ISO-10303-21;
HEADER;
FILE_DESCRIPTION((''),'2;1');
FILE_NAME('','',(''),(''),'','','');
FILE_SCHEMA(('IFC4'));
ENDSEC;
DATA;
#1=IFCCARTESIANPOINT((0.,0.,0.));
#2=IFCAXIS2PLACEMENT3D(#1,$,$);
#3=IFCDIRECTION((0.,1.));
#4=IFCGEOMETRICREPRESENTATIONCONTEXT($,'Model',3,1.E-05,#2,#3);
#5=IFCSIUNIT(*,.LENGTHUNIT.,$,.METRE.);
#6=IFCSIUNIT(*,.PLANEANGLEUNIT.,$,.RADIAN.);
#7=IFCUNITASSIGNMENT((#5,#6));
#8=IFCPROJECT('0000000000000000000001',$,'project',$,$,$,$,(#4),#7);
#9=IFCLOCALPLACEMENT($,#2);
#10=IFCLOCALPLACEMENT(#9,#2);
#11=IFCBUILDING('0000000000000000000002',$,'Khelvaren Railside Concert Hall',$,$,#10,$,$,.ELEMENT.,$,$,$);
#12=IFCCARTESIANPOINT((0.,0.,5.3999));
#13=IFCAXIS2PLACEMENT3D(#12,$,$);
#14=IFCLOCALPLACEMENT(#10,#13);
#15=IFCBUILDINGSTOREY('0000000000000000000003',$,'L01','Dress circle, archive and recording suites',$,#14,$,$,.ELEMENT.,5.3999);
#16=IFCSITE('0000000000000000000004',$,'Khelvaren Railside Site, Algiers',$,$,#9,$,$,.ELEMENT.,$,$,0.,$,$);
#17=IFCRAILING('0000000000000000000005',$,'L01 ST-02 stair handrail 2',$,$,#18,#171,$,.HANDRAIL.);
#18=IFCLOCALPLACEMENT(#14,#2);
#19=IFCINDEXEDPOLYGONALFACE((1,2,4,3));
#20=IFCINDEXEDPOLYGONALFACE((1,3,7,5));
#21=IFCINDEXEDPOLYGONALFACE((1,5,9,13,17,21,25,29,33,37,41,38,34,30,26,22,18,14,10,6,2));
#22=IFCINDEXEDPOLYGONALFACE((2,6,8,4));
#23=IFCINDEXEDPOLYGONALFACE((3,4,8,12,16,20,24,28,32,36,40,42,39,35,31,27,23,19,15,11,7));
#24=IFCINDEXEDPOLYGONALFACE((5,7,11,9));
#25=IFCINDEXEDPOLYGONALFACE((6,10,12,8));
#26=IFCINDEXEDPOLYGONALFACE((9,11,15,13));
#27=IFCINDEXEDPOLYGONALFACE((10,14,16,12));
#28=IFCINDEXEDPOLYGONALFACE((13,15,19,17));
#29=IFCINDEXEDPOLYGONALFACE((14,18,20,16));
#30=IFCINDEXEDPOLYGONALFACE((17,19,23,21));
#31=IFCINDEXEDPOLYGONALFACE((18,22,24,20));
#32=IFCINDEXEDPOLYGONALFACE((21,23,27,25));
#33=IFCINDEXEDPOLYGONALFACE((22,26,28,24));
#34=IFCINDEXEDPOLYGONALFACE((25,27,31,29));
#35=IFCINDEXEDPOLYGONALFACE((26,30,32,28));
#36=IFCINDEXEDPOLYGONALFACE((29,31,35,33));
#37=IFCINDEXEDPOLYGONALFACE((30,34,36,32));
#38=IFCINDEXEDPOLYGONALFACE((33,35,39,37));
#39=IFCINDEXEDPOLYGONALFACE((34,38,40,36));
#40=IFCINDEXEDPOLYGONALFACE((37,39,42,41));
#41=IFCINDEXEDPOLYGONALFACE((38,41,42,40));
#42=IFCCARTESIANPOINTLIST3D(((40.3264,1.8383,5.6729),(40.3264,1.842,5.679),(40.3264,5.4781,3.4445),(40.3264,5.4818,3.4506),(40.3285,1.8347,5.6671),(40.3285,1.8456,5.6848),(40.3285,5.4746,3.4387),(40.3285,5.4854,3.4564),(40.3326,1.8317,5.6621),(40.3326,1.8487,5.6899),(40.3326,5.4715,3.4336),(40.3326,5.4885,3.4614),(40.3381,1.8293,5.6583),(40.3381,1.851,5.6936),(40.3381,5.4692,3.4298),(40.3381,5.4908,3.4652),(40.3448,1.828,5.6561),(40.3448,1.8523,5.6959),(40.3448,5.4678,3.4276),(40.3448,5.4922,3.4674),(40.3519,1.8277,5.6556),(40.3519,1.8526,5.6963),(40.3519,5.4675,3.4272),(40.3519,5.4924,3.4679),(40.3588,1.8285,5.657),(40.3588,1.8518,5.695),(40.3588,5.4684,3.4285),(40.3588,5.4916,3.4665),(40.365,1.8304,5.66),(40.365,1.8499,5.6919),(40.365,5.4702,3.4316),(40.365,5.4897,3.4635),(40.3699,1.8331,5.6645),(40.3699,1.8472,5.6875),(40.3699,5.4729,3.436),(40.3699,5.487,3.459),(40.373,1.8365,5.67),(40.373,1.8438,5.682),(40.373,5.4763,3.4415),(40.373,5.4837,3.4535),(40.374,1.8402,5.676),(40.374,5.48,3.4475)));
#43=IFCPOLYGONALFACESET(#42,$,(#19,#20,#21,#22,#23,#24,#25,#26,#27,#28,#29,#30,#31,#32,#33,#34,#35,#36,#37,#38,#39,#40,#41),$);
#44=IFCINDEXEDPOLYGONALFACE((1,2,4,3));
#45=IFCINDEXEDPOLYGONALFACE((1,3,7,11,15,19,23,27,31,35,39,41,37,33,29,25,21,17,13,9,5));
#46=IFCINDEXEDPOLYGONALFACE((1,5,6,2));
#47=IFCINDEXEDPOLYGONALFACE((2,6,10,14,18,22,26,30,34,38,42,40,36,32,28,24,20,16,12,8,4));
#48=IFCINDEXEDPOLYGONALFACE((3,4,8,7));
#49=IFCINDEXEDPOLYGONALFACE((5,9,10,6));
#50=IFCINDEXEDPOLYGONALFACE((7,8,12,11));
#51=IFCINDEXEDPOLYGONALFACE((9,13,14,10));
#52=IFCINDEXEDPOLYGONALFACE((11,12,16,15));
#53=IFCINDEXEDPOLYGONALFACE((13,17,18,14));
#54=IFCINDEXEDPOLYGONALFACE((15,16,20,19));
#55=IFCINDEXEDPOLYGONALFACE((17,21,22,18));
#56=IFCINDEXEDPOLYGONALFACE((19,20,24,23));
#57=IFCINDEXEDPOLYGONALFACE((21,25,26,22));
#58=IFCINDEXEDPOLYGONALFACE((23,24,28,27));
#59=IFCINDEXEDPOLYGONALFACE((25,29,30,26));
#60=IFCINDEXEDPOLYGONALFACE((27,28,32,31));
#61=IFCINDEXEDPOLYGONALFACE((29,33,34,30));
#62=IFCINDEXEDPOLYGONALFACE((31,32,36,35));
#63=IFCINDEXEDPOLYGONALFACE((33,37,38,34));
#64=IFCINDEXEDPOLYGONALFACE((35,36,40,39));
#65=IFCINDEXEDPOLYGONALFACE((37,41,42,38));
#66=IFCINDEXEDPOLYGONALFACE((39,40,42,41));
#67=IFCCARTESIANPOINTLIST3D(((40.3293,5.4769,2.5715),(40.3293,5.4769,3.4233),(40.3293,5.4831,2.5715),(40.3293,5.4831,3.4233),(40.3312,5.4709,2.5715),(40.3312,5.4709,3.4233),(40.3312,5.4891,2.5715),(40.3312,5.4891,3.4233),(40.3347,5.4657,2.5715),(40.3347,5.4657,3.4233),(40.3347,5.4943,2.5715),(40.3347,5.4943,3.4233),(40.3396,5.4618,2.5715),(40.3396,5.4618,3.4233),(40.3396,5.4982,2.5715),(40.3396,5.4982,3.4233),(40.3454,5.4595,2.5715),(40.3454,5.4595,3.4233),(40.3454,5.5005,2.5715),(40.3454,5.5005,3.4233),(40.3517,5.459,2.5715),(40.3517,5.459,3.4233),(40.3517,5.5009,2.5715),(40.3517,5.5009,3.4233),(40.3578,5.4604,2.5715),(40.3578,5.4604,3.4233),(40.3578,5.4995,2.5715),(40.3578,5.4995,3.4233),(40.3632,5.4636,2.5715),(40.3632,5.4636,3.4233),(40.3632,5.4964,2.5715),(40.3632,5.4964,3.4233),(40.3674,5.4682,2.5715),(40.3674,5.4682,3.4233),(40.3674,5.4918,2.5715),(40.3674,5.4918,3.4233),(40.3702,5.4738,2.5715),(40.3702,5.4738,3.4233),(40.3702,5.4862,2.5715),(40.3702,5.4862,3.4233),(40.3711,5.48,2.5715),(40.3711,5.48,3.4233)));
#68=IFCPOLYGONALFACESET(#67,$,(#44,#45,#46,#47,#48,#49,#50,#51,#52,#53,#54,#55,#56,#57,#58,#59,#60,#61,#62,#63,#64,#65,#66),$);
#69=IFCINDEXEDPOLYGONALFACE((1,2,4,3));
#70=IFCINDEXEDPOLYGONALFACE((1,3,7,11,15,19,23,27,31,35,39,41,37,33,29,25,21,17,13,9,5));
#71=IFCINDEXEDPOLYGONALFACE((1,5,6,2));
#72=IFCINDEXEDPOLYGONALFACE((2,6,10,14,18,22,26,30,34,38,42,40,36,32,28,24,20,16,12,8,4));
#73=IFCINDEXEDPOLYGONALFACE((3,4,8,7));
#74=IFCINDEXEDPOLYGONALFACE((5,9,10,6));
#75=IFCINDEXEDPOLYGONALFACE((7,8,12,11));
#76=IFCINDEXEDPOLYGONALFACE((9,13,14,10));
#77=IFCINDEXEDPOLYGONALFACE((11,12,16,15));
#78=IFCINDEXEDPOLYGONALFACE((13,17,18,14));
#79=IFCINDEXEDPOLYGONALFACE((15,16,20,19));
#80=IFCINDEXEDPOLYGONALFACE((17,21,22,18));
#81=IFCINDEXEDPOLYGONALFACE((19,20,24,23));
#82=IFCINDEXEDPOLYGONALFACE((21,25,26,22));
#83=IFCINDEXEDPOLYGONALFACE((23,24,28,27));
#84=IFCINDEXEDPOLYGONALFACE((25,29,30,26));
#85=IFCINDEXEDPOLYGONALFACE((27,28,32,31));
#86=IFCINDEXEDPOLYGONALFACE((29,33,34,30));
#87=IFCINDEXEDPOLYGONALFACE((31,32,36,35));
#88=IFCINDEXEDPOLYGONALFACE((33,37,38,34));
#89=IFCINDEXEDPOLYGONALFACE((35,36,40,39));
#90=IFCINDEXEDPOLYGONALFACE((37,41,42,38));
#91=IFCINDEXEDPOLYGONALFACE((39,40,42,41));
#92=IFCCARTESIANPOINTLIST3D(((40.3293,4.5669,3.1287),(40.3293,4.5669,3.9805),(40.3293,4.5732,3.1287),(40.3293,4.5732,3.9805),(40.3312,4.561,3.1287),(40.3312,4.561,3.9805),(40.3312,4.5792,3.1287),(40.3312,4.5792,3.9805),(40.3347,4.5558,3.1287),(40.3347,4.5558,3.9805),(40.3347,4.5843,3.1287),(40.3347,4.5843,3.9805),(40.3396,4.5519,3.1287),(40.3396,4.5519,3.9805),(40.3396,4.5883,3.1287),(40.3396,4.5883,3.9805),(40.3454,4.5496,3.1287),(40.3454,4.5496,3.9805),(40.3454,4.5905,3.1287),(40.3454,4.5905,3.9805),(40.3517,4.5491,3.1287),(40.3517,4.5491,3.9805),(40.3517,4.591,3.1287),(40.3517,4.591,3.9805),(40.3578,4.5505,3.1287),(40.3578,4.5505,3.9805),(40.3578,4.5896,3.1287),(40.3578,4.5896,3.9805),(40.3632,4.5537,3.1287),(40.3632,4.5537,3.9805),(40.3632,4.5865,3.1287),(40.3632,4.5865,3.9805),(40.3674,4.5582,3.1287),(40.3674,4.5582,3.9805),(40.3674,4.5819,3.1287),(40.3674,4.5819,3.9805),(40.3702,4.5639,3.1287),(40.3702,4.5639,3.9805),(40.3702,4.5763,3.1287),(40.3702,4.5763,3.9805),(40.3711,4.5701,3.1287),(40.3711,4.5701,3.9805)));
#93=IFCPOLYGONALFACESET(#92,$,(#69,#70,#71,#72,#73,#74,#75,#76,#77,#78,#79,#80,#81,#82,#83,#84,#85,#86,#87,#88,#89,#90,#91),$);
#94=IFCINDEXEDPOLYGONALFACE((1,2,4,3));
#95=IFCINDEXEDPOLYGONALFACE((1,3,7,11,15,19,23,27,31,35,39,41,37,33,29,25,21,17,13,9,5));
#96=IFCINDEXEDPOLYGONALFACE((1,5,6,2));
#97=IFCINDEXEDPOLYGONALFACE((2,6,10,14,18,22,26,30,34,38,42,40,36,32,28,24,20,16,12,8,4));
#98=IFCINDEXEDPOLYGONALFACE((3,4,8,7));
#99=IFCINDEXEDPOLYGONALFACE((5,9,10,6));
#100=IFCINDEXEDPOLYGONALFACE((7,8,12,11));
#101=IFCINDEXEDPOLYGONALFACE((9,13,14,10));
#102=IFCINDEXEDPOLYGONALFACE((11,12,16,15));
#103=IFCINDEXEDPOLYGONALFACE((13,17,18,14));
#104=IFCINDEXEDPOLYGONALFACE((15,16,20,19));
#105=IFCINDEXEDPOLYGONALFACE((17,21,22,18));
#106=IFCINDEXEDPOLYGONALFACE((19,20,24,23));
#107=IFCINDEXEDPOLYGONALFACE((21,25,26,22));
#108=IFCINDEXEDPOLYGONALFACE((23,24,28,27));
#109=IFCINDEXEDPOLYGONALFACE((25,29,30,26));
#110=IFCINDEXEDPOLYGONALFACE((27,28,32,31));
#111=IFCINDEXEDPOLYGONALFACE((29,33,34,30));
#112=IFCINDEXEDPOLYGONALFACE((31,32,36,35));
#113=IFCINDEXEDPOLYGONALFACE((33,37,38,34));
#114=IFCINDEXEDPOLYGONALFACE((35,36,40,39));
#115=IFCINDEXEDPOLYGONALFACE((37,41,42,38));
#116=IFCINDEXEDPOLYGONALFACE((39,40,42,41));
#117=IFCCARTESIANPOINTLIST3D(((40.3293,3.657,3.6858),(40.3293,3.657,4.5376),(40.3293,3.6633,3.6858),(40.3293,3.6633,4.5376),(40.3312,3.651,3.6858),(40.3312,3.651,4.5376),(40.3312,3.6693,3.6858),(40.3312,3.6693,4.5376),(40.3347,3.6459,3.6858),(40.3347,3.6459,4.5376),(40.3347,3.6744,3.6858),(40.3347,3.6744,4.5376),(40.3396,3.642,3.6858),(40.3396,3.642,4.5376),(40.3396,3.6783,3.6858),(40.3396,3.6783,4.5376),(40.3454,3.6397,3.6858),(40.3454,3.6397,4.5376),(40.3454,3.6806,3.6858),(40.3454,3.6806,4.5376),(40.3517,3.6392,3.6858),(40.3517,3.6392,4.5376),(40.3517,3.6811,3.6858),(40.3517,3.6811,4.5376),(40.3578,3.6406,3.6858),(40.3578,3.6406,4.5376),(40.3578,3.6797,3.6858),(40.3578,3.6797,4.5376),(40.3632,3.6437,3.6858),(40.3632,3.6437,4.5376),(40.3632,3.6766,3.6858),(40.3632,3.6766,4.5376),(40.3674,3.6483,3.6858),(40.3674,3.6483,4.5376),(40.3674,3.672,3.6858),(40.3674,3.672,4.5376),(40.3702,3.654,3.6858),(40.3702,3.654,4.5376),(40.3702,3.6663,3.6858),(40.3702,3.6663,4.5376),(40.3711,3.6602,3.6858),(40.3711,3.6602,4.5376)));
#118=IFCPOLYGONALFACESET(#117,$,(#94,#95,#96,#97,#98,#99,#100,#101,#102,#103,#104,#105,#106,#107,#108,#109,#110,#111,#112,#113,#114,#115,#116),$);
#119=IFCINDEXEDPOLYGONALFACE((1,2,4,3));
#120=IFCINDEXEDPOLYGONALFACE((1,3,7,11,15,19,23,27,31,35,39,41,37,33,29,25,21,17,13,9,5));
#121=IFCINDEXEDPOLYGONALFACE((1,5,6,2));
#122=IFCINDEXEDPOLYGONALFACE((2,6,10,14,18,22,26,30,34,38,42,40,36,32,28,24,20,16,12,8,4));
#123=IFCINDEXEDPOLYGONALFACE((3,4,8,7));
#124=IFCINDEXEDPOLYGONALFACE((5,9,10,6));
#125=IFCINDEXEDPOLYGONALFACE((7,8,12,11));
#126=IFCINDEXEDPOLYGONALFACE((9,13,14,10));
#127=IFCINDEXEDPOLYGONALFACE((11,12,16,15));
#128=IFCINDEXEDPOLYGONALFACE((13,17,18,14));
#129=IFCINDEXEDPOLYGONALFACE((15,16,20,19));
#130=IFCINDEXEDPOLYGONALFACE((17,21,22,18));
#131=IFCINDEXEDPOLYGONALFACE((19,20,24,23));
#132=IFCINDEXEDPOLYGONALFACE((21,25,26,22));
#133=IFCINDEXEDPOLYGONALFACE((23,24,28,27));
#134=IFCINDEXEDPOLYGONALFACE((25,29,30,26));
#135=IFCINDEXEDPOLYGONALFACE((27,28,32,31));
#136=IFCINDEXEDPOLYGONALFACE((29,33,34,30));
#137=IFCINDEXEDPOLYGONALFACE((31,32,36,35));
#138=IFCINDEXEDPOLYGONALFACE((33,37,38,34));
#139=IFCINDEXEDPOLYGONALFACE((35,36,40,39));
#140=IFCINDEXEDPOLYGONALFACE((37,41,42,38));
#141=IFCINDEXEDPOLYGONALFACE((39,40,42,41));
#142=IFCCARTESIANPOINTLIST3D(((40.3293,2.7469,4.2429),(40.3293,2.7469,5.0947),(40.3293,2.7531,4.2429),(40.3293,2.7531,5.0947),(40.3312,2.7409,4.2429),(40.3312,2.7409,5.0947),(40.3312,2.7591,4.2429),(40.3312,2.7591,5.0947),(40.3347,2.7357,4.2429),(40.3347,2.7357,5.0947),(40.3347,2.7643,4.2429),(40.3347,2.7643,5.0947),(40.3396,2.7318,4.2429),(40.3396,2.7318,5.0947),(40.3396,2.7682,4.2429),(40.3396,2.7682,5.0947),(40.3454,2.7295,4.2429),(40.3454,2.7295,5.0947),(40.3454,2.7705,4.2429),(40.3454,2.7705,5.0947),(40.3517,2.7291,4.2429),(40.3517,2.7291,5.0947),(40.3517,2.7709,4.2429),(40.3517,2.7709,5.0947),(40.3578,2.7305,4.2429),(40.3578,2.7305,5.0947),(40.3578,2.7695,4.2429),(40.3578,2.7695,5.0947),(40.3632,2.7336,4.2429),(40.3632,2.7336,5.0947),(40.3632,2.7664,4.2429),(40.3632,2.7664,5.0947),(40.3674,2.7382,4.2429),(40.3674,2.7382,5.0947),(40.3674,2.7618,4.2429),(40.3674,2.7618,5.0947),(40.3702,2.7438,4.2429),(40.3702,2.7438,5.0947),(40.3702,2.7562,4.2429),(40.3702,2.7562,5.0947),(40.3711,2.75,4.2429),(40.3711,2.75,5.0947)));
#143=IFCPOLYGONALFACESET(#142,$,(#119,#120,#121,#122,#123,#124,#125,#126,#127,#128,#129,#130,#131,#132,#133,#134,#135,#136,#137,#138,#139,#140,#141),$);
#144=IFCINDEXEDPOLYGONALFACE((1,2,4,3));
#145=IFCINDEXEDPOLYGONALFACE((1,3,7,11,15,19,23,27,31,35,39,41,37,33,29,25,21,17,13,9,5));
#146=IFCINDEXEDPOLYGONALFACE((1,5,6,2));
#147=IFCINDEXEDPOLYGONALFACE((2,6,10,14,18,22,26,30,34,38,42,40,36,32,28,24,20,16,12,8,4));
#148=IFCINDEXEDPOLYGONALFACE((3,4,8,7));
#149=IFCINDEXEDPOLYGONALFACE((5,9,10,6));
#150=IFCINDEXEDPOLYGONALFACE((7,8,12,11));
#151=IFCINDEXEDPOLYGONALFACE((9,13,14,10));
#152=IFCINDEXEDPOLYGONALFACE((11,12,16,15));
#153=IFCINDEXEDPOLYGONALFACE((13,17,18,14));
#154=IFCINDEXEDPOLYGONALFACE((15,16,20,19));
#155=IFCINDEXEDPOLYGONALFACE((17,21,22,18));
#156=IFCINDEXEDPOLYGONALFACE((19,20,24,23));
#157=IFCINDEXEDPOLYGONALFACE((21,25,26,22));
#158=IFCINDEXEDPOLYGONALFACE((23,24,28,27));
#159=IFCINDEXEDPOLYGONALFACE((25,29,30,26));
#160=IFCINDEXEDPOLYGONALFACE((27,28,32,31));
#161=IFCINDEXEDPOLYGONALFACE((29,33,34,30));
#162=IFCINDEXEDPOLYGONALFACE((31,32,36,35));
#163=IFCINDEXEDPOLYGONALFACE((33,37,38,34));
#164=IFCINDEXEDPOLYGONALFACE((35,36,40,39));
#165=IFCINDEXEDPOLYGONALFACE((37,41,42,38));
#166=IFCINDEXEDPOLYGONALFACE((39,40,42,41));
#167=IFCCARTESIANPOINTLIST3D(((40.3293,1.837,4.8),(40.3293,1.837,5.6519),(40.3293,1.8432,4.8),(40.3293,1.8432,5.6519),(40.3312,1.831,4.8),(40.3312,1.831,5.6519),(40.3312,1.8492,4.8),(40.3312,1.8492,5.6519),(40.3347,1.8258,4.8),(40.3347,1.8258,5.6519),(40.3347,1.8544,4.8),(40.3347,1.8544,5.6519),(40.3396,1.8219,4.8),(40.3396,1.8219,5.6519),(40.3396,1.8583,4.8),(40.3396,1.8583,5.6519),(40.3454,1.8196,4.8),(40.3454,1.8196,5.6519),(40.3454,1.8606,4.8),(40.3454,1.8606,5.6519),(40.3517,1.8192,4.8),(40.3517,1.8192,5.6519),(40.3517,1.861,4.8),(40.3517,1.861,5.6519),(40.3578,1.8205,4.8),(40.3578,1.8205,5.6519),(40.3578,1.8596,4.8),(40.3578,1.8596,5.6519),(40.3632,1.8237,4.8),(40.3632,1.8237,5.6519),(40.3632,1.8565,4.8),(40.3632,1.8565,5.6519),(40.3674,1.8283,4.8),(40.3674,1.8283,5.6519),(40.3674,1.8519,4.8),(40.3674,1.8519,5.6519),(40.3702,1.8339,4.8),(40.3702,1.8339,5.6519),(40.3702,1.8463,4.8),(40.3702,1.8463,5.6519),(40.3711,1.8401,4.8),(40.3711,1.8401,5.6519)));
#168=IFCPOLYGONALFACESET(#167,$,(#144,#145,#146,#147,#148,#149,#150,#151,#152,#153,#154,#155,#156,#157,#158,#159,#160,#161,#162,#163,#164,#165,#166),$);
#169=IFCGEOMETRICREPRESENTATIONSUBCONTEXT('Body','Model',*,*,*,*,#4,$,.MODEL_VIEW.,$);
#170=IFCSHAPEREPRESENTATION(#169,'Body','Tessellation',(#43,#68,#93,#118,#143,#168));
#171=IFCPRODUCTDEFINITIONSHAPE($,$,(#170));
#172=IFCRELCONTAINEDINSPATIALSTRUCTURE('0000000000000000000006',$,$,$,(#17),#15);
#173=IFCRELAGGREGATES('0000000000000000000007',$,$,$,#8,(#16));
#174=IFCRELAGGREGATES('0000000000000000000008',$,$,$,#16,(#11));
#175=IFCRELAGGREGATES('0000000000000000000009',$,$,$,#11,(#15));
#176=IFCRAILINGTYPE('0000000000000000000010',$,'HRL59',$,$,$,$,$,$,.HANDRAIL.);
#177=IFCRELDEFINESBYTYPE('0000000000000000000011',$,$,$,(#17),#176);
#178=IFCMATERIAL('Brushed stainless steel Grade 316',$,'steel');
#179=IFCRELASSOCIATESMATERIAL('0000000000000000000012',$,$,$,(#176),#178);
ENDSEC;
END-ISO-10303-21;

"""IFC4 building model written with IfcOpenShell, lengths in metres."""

from ifc_helpers import new_model, si_unit, direction, frame, origin, origin_2d, place, context, subcontext, project, spatial, circle, extrude, material, type_object, element, save


model = new_model("IFC4")

# Units and contexts
model_context = context("Model", 3, precision=1e-05, world=origin(), true_north=direction((0.0, 1.0)))
body_context = subcontext(model_context, "Body", "Model", "MODEL_VIEW")
ifc_project = project(units=[si_unit("LENGTHUNIT", "METRE"), si_unit("PLANEANGLEUNIT", "RADIAN")], contexts=[model_context])

# Site, building, storey
site_placement = place(None, origin())
site = spatial("IfcSite", under=ifc_project, at=site_placement, Name="Khelvaren Railside Site, Algiers", CompositionType="ELEMENT", RefElevation=0.0)
building_placement = place(site_placement, origin())
building = spatial("IfcBuilding", under=site, at=building_placement, Name="Khelvaren Railside Concert Hall", CompositionType="ELEMENT")
storey_placement = place(building_placement, frame((0.0, 0.0, 5.3999)))
storey = spatial("IfcBuildingStorey", under=building, at=storey_placement, Name="L01", Description="Dress circle, archive and recording suites", CompositionType="ELEMENT", Elevation=5.3999)

# Railing
ifc_material_1 = material(Name="Brushed stainless steel Grade 316", Category="steel")
railing_type_1 = type_object("IfcRailingType", Name="HRL59", PredefinedType="HANDRAIL", material=ifc_material_1)
railing_1_placement = place(storey_placement, frame((40.3501, 5.48, 2.5715)))
element("IfcRailing", 1, at=railing_1_placement, inside=storey, type_object=railing_type_1, Name="L01 ST-02 stair handrail 2", PredefinedType="HANDRAIL", context=body_context, shape_type="SweptSolid", body=[
    extrude(circle(Radius=0.0239, at=origin_2d()), frame((0.0, 0.0, 0.876), z_axis=(0.0, -0.85285, 0.522156), x_axis=(1.0, 0.0, 0.0)), (0.0, 0.0, 1.0), 4.2678),
    extrude(circle(Radius=0.021, at=origin_2d()), origin(), (0.0, 0.0, 1.0), 0.8518),
    extrude(circle(Radius=0.021, at=origin_2d()), frame((0.0, -0.9099, 0.5571)), (0.0, 0.0, 1.0), 0.8518),
    extrude(circle(Radius=0.021, at=origin_2d()), frame((0.0, -1.8198, 1.1143)), (0.0, 0.0, 1.0), 0.8518),
    extrude(circle(Radius=0.021, at=origin_2d()), frame((0.0, -2.73, 1.6714)), (0.0, 0.0, 1.0), 0.8518),
    extrude(circle(Radius=0.021, at=origin_2d()), frame((0.0, -3.6399, 2.2285)), (0.0, 0.0, 1.0), 0.8518),
])

save(model, "model.ifc")
